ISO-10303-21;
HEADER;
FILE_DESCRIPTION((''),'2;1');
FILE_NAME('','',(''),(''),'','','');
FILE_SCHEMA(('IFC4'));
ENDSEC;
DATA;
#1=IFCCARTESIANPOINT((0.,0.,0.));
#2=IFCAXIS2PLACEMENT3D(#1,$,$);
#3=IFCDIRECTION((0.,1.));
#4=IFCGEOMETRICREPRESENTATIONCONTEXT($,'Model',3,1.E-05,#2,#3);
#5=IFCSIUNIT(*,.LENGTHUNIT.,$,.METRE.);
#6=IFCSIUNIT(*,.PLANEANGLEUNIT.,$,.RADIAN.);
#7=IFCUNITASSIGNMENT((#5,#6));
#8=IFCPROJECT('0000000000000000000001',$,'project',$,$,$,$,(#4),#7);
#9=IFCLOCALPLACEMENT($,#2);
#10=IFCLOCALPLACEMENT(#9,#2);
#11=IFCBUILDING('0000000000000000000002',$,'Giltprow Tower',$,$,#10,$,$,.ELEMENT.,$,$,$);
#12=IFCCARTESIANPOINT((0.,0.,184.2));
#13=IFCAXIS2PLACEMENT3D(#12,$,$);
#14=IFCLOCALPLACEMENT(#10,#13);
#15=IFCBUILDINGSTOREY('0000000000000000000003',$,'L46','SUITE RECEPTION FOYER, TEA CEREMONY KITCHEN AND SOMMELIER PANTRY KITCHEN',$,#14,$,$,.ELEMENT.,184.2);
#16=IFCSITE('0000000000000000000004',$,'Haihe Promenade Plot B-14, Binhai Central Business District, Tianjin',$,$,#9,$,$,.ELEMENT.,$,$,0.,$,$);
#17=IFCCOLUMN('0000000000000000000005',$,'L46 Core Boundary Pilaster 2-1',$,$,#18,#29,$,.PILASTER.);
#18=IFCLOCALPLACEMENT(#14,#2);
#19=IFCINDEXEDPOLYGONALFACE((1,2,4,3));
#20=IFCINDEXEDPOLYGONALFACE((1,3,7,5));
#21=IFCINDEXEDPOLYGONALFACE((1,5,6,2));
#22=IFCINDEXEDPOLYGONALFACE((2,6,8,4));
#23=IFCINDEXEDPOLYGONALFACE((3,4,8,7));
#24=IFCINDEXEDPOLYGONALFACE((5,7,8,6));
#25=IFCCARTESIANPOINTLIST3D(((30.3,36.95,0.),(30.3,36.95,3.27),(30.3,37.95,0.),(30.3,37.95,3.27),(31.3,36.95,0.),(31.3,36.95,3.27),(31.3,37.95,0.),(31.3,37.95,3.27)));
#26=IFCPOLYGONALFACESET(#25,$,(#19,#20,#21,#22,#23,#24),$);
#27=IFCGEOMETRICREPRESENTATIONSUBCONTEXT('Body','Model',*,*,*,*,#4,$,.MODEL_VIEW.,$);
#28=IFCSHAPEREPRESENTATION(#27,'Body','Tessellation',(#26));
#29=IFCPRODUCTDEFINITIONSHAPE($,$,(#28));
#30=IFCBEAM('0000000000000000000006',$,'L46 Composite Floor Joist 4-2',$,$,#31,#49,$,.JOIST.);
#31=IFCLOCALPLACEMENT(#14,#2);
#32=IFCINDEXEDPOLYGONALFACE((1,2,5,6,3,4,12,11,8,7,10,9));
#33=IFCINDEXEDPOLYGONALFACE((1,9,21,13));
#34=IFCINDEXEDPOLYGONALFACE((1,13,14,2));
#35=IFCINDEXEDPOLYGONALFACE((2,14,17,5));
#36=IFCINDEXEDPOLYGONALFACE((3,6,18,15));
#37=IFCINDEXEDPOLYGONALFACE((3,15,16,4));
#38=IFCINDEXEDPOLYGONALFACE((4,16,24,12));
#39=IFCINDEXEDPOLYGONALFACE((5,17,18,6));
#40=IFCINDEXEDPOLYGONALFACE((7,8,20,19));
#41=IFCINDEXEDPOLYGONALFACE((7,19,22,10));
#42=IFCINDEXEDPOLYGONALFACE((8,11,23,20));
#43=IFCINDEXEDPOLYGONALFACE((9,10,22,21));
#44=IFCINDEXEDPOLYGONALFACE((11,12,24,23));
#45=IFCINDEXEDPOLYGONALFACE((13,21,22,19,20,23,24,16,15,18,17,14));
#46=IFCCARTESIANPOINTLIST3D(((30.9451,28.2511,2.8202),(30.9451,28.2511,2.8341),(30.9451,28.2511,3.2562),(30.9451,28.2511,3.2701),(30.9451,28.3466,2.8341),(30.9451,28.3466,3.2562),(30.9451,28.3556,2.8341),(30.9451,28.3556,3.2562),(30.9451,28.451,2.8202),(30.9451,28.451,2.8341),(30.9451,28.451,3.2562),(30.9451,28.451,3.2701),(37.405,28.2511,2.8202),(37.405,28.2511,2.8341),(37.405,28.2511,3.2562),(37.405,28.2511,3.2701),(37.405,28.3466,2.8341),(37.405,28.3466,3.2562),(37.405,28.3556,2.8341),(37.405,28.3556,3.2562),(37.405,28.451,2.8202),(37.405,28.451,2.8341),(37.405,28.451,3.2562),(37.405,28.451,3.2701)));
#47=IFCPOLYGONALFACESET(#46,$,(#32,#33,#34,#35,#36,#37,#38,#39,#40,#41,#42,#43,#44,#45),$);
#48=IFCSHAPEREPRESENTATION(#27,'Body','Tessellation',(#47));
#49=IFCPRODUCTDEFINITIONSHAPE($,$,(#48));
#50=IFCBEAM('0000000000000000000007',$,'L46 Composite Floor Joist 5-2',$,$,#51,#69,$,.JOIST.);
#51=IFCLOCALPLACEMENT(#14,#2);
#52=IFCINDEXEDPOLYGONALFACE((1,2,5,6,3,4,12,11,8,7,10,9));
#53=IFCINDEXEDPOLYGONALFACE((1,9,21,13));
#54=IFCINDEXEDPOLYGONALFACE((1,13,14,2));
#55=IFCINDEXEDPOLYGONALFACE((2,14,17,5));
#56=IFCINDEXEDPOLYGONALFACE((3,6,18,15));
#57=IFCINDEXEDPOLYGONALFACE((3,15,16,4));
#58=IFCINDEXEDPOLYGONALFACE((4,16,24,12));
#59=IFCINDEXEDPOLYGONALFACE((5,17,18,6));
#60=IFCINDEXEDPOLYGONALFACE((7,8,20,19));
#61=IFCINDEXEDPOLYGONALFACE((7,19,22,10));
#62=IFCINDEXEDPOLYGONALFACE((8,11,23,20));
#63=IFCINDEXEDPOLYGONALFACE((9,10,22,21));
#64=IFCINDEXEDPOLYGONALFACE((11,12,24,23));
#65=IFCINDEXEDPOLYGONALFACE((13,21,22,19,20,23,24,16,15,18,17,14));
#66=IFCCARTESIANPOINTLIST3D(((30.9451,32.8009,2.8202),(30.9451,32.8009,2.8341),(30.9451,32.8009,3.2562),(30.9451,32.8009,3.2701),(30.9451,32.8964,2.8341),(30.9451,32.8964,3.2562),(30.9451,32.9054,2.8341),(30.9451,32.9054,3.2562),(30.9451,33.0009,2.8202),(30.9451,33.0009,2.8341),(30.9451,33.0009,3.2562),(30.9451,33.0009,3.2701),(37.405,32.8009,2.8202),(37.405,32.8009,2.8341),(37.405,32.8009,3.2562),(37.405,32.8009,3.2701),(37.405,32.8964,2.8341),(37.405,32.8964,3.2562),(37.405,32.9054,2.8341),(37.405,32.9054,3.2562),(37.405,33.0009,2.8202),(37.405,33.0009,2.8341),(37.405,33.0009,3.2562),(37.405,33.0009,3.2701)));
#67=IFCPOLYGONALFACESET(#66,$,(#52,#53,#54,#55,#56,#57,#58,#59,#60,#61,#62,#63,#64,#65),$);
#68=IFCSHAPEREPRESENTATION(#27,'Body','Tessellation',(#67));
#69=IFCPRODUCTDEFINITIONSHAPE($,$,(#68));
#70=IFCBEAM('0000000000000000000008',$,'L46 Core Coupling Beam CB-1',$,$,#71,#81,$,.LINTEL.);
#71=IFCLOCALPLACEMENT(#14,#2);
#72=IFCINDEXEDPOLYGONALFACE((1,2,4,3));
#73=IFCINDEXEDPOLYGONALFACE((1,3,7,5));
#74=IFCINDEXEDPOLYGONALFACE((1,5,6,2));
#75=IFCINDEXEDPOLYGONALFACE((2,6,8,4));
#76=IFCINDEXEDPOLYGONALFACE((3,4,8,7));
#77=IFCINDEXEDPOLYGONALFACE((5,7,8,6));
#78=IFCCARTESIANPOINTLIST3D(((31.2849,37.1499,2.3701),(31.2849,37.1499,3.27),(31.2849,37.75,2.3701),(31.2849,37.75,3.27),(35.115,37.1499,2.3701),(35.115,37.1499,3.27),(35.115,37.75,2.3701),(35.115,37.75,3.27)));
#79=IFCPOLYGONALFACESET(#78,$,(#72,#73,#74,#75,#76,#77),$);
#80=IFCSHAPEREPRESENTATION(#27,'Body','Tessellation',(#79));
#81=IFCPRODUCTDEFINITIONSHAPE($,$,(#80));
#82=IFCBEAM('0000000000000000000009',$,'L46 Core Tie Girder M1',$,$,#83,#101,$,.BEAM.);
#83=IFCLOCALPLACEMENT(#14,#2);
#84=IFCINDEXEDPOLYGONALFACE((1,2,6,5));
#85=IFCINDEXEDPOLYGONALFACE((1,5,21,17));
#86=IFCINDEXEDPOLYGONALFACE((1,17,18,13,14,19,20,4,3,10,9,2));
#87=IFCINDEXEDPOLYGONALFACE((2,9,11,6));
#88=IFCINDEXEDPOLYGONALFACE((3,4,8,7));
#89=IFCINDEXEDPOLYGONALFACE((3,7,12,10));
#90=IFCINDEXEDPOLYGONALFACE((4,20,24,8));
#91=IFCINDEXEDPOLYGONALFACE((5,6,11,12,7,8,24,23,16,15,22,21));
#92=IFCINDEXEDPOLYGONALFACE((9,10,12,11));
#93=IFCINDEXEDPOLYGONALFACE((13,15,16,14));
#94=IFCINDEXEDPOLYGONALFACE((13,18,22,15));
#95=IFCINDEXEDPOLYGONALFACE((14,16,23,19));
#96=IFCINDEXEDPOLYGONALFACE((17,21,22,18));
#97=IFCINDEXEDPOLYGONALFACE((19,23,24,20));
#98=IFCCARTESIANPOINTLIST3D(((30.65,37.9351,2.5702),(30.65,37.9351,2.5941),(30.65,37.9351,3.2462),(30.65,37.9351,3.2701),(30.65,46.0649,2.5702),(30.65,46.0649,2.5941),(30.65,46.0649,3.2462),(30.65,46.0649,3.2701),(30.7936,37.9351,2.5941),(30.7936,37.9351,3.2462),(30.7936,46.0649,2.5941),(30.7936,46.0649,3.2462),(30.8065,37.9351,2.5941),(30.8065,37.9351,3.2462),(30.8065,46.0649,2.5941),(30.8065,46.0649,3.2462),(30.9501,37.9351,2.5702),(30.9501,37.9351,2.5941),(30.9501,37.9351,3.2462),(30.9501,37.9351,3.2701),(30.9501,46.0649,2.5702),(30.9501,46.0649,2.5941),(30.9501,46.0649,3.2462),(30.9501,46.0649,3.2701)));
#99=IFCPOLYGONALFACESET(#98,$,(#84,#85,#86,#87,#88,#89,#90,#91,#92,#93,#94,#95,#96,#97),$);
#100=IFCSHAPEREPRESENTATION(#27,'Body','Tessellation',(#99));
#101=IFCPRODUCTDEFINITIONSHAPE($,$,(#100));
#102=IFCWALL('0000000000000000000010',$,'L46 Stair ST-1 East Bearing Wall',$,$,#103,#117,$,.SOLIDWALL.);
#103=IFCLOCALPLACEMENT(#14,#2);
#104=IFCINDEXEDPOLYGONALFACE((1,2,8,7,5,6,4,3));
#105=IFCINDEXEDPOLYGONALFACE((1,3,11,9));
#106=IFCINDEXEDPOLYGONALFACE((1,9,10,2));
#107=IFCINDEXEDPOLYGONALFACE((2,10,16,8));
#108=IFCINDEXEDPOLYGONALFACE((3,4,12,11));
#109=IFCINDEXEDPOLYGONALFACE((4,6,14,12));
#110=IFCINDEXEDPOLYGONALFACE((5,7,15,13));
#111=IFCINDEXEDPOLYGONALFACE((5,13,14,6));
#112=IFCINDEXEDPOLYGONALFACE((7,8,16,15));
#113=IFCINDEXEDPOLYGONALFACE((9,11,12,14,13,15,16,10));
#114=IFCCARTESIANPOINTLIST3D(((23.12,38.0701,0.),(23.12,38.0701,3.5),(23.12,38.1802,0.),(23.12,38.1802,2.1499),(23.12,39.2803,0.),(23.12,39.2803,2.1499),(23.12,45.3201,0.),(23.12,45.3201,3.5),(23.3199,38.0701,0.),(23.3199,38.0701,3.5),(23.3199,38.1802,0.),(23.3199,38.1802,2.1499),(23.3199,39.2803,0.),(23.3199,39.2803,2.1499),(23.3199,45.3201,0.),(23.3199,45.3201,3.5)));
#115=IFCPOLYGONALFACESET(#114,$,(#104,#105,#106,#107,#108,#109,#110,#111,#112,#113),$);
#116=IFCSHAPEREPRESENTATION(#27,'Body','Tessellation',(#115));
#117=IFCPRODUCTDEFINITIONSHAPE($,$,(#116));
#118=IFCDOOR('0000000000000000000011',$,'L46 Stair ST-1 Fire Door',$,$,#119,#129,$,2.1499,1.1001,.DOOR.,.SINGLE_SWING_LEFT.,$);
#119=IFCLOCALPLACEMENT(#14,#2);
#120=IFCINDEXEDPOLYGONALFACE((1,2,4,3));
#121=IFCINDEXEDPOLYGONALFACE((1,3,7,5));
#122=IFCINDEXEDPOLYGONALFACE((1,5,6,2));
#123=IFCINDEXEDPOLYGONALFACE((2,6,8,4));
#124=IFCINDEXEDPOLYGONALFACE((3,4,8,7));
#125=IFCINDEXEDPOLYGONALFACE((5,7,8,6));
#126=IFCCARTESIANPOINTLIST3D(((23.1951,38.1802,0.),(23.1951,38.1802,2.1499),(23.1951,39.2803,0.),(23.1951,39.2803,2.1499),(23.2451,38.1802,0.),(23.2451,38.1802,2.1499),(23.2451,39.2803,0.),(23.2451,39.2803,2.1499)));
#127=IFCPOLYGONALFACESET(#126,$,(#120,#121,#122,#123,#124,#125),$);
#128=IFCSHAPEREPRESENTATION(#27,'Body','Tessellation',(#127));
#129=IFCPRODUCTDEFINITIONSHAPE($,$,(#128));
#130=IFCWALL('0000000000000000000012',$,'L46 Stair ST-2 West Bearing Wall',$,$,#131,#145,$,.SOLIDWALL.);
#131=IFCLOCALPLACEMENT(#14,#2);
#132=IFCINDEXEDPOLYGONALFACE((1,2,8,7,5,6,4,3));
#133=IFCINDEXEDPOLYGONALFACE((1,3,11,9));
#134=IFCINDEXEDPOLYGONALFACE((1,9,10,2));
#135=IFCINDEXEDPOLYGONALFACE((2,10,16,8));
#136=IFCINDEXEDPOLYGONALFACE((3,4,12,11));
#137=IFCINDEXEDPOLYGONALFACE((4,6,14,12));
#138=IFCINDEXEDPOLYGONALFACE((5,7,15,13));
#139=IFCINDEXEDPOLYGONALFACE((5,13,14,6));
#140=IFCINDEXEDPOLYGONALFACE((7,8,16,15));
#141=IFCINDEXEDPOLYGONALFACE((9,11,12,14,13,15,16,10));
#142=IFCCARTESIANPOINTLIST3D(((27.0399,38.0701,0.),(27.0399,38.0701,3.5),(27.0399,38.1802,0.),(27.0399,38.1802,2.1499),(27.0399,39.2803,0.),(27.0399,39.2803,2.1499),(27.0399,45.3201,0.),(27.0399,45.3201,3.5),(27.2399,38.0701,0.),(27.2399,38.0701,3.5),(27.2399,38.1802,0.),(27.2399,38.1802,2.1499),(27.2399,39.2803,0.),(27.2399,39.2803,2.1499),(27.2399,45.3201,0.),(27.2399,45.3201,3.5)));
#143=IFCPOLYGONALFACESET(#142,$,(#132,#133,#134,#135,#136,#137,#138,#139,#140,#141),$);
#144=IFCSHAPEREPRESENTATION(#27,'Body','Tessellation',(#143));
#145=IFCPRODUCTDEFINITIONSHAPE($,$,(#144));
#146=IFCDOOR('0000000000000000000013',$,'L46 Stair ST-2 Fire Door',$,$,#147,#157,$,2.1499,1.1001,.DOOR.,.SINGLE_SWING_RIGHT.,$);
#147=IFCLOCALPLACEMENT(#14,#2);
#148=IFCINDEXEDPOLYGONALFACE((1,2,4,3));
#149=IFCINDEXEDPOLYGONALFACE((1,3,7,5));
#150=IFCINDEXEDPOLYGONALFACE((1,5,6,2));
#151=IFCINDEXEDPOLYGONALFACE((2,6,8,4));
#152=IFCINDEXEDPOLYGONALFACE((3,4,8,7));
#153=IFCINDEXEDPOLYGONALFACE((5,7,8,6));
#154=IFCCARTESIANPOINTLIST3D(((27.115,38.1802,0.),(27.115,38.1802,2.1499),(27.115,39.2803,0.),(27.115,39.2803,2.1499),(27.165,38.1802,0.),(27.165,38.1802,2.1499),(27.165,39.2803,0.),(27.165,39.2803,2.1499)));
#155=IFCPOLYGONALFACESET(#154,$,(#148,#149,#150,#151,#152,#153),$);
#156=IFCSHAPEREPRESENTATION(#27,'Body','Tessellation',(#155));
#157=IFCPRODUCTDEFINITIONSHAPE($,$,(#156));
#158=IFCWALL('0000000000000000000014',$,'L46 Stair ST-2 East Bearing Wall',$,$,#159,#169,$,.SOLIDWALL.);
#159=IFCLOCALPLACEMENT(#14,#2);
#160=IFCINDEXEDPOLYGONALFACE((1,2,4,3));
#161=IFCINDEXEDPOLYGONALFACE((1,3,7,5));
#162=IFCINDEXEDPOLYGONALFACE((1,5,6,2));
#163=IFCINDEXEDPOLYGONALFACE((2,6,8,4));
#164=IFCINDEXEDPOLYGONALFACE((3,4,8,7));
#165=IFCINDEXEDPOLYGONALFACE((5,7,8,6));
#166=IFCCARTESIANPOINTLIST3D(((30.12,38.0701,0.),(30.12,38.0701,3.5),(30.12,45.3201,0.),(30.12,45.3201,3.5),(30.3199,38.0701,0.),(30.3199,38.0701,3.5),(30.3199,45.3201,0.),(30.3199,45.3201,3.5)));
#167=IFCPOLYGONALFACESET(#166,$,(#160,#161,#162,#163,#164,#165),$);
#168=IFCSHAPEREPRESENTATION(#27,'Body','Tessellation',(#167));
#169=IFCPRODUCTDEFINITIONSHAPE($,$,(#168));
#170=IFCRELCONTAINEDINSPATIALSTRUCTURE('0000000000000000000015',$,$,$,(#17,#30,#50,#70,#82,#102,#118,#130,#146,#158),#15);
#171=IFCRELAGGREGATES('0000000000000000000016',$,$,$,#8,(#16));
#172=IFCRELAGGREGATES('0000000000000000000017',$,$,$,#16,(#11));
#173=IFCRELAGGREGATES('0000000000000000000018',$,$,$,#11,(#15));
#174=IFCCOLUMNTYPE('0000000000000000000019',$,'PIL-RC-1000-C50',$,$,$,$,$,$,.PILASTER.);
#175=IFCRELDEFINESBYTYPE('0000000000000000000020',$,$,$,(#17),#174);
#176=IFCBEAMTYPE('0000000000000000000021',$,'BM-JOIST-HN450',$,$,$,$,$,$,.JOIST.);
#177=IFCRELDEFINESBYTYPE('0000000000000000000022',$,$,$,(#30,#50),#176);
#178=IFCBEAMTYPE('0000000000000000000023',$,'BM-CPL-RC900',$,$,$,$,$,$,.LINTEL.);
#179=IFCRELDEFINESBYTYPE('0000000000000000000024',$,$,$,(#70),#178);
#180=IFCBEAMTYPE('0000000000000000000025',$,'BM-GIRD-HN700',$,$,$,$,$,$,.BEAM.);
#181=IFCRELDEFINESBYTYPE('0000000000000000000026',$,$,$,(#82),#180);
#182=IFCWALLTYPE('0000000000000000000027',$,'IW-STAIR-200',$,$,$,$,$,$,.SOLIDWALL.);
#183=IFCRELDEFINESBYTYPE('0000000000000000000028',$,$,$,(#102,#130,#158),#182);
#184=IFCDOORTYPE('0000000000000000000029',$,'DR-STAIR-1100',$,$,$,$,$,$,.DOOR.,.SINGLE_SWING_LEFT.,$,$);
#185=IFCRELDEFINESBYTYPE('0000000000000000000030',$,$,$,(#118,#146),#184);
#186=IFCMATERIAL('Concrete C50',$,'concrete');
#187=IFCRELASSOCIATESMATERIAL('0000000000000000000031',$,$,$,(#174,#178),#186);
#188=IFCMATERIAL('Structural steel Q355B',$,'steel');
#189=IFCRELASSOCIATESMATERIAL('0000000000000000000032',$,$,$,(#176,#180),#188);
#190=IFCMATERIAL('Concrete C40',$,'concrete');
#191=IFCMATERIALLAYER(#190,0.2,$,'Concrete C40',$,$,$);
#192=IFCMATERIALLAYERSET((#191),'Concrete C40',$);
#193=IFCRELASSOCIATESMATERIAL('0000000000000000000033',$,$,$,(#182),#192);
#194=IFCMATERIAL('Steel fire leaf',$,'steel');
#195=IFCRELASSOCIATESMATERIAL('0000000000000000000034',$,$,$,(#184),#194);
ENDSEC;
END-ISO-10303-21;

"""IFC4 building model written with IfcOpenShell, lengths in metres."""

from ifc_helpers import new_model, si_unit, direction, frame, frame_2d, origin, origin_2d, place, context, subcontext, project, spatial, rectangle, i_section, extrude, source, transform, mapped, material, layer, layer_set, material_profile, profile_set, type_object, element, fill, save


model = new_model("IFC4")

# Units and contexts
model_context = context("Model", 3, precision=1e-05, world=origin(), true_north=direction((0.0, 1.0)))
body_context = subcontext(model_context, "Body", "Model", "MODEL_VIEW")
ifc_project = project(units=[si_unit("LENGTHUNIT", "METRE"), si_unit("PLANEANGLEUNIT", "RADIAN")], contexts=[model_context])

# Site, building, storey
site_placement = place(None, origin())
site = spatial("IfcSite", under=ifc_project, at=site_placement, Name="Haihe Promenade Plot B-14, Binhai Central Business District, Tianjin", CompositionType="ELEMENT", RefElevation=0.0)
building_placement = place(site_placement, origin())
building = spatial("IfcBuilding", under=site, at=building_placement, Name="Giltprow Tower", CompositionType="ELEMENT")
storey_placement = place(building_placement, frame((0.0, 0.0, 184.2)))
storey = spatial("IfcBuildingStorey", under=building, at=storey_placement, Name="L46", Description="SUITE RECEPTION FOYER, TEA CEREMONY KITCHEN AND SOMMELIER PANTRY KITCHEN", CompositionType="ELEMENT", Elevation=184.2)

# Column
ifc_material_1 = material(Name="Concrete C50", Category="concrete")
ifc_material_profile_1 = material_profile(ifc_material_1, rectangle(XDim=1.0, YDim=1.0, at=origin_2d()), Name="RC 1000x1000")
ifc_profile_set_1 = profile_set([ifc_material_profile_1], Name="Concrete C50")
column_type = type_object("IfcColumnType", Name="PIL-RC-1000-C50", PredefinedType="PILASTER", material=ifc_profile_set_1)
shared_shape_1 = source(origin(), body_context, "Body", "SweptSolid", [
    extrude(rectangle(XDim=1.0, YDim=1.0, at=origin_2d()), origin(), (0.0, 0.0, 1.0), 3.27),
])
column_placement = place(storey_placement, frame((30.8, 37.45, 0.0), z_axis=(0.0, 0.0, 1.0), x_axis=(1.0, 0.0, 0.0)))
element("IfcColumn", 1, at=column_placement, inside=storey, type_object=column_type, Name="L46 Core Boundary Pilaster 2-1", PredefinedType="PILASTER", context=body_context, shape_type="MappedRepresentation", body=[
    mapped(shared_shape_1, transform((0.0, 0.0, 0.0), x_axis=(1.0, 0.0, 0.0), y_axis=(0.0, 1.0, 0.0), z_axis=(0.0, 0.0, 1.0), scale=1.0)),
])

# Beams
ifc_material_2 = material(Name="Structural steel Q355B", Category="steel")
ifc_material_profile_2 = material_profile(ifc_material_2, i_section(OverallWidth=0.2, OverallDepth=0.45, WebThickness=0.009, FlangeThickness=0.0139, at=origin_2d()), Name="HN 450x200x9x14")
ifc_profile_set_2 = profile_set([ifc_material_profile_2], Name="Structural steel Q355B")
beam_type_1 = type_object("IfcBeamType", Name="BM-JOIST-HN450", PredefinedType="JOIST", material=ifc_profile_set_2)
shared_shape_2 = source(origin(), body_context, "Body", "SweptSolid", [
    extrude(i_section(OverallWidth=0.2, OverallDepth=0.45, WebThickness=0.009, FlangeThickness=0.0139, at=origin_2d()), origin(), (0.0, 0.0, 1.0), 6.46),
])
for number, where, z_axis, x_axis, name in (
    (2, (30.9451, 28.3511, 3.0452), (1.0, 0.0, 0.0), (0.0, 1.0, 0.0), "L46 Composite Floor Joist 4-2"),
    (3, (30.9451, 32.9009, 3.0452), (1.0, 0.0, 0.0), (0.0, 1.0, 0.0), "L46 Composite Floor Joist 5-2"),
):
    element("IfcBeam", number, at=place(storey_placement, frame(where, z_axis=z_axis, x_axis=x_axis)), inside=storey, type_object=beam_type_1, Name=name, PredefinedType="JOIST", context=body_context, shape_type="MappedRepresentation", body=[
        mapped(shared_shape_2, transform((0.0, 0.0, 0.0), x_axis=(1.0, 0.0, 0.0), y_axis=(0.0, 1.0, 0.0), z_axis=(0.0, 0.0, 1.0), scale=1.0)),
    ])
ifc_material_profile_3 = material_profile(ifc_material_1, rectangle(XDim=0.6001, YDim=0.8999, at=origin_2d()), Name="RC 900x600")
ifc_profile_set_3 = profile_set([ifc_material_profile_3], Name="Concrete C50")
beam_type_2 = type_object("IfcBeamType", Name="BM-CPL-RC900", PredefinedType="LINTEL", material=ifc_profile_set_3)
shared_shape_3 = source(origin(), body_context, "Body", "SweptSolid", [
    extrude(rectangle(XDim=0.6001, YDim=0.8999, at=origin_2d()), origin(), (0.0, 0.0, 1.0), 3.8301),
])
beam_1_placement = place(storey_placement, frame((31.2849, 37.45, 2.8201), z_axis=(1.0, 0.0, 0.0), x_axis=(0.0, 1.0, 0.0)))
element("IfcBeam", 4, at=beam_1_placement, inside=storey, type_object=beam_type_2, Name="L46 Core Coupling Beam CB-1", PredefinedType="LINTEL", context=body_context, shape_type="MappedRepresentation", body=[
    mapped(shared_shape_3, transform((0.0, 0.0, 0.0), x_axis=(1.0, 0.0, 0.0), y_axis=(0.0, 1.0, 0.0), z_axis=(0.0, 0.0, 1.0), scale=1.0)),
])
ifc_material_profile_4 = material_profile(ifc_material_2, i_section(OverallWidth=0.3, OverallDepth=0.7, WebThickness=0.0129, FlangeThickness=0.0239, at=origin_2d()), Name="HN 700x300x13x24")
ifc_profile_set_4 = profile_set([ifc_material_profile_4], Name="Structural steel Q355B")
beam_type_3 = type_object("IfcBeamType", Name="BM-GIRD-HN700", PredefinedType="BEAM", material=ifc_profile_set_4)
shared_shape_4 = source(origin(), body_context, "Body", "SweptSolid", [
    extrude(i_section(OverallWidth=0.3, OverallDepth=0.7, WebThickness=0.0129, FlangeThickness=0.0239, at=origin_2d()), origin(), (0.0, 0.0, 1.0), 8.1299),
])
beam_2_placement = place(storey_placement, frame((30.8, 37.9351, 2.9202), z_axis=(0.0, 1.0, 0.0), x_axis=(-1.0, 0.0, 0.0)))
element("IfcBeam", 5, at=beam_2_placement, inside=storey, type_object=beam_type_3, Name="L46 Core Tie Girder M1", PredefinedType="BEAM", context=body_context, shape_type="MappedRepresentation", body=[
    mapped(shared_shape_4, transform((0.0, 0.0, 0.0), x_axis=(1.0, 0.0, 0.0), y_axis=(0.0, 1.0, 0.0), z_axis=(0.0, 0.0, 1.0), scale=1.0)),
])

# Walls, openings, doors
ifc_material_3 = material(Name="Concrete C40", Category="concrete")
ifc_layer = layer(ifc_material_3, 0.2, Name="Concrete C40")
ifc_layer_set = layer_set([ifc_layer], Name="Concrete C40")
wall_type = type_object("IfcWallType", Name="IW-STAIR-200", PredefinedType="SOLIDWALL", material=ifc_layer_set)
wall_1_placement = place(storey_placement, frame((23.22, 38.0701, 0.0), z_axis=(0.0, 0.0, 1.0), x_axis=(0.0, 1.0, 0.0)))
wall_1 = element("IfcWall", 6, at=wall_1_placement, inside=storey, type_object=wall_type, Name="L46 Stair ST-1 East Bearing Wall", PredefinedType="SOLIDWALL", context=body_context, shape_type="SweptSolid", body=[
    extrude(rectangle(XDim=7.25, YDim=0.2, at=frame_2d((3.625, 0.0))), origin(), (0.0, 0.0, 1.0), 3.5),
])
opening_1_placement = place(wall_1_placement, frame((0.1101, 0.0, 0.0)))
opening_1 = element("IfcOpeningElement", 7, at=opening_1_placement, cuts=wall_1, PredefinedType="OPENING", context=body_context, shape_type="SweptSolid", body=[
    extrude(rectangle(XDim=1.1001, YDim=2.1499, at=frame_2d((0.55, 1.075))), frame((0.0, 0.1099, 0.0), z_axis=(0.0, -1.0, 0.0), x_axis=(1.0, 0.0, 0.0)), (0.0, 0.0, 1.0), 0.22),
])
ifc_material_4 = material(Name="Steel fire leaf", Category="steel")
door_type = type_object("IfcDoorType", Name="DR-STAIR-1100", OperationType="SINGLE_SWING_LEFT", PredefinedType="DOOR", material=ifc_material_4)
shared_shape_5 = source(origin(), body_context, "Body", "SweptSolid", [
    extrude(rectangle(XDim=1.1001, YDim=2.1499, at=frame_2d((0.55, 1.075))), frame((0.0, 0.0249, 0.0), z_axis=(0.0, -1.0, 0.0), x_axis=(1.0, 0.0, 0.0)), (0.0, 0.0, 1.0), 0.05),
])
door_1_placement = place(opening_1_placement, origin())
door_1 = element("IfcDoor", 8, at=door_1_placement, inside=storey, type_object=door_type, Name="L46 Stair ST-1 Fire Door", OperationType="SINGLE_SWING_LEFT", OverallHeight=2.1499, OverallWidth=1.1001, PredefinedType="DOOR", context=body_context, shape_type="MappedRepresentation", body=[
    mapped(shared_shape_5, transform((0.0, 0.0, 0.0), x_axis=(1.0, 0.0, 0.0), y_axis=(0.0, 1.0, 0.0), z_axis=(0.0, 0.0, 1.0), scale=1.0)),
])
fill(opening_1, door_1)
wall_2_placement = place(storey_placement, frame((27.1399, 38.0701, 0.0), z_axis=(0.0, 0.0, 1.0), x_axis=(0.0, 1.0, 0.0)))
wall_2 = element("IfcWall", 9, at=wall_2_placement, inside=storey, type_object=wall_type, Name="L46 Stair ST-2 West Bearing Wall", PredefinedType="SOLIDWALL", context=body_context, shape_type="SweptSolid", body=[
    extrude(rectangle(XDim=7.25, YDim=0.2, at=frame_2d((3.625, 0.0))), origin(), (0.0, 0.0, 1.0), 3.5),
])
opening_2_placement = place(wall_2_placement, frame((0.1101, 0.0, 0.0)))
opening_2 = element("IfcOpeningElement", 10, at=opening_2_placement, cuts=wall_2, PredefinedType="OPENING", context=body_context, shape_type="SweptSolid", body=[
    extrude(rectangle(XDim=1.1001, YDim=2.1499, at=frame_2d((0.55, 1.075))), frame((0.0, 0.1099, 0.0), z_axis=(0.0, -1.0, 0.0), x_axis=(1.0, 0.0, 0.0)), (0.0, 0.0, 1.0), 0.22),
])
door_2_placement = place(opening_2_placement, origin())
door_2 = element("IfcDoor", 11, at=door_2_placement, inside=storey, type_object=door_type, Name="L46 Stair ST-2 Fire Door", OperationType="SINGLE_SWING_RIGHT", OverallHeight=2.1499, OverallWidth=1.1001, PredefinedType="DOOR", context=body_context, shape_type="MappedRepresentation", body=[
    mapped(shared_shape_5, transform((0.0, 0.0, 0.0), x_axis=(1.0, 0.0, 0.0), y_axis=(0.0, 1.0, 0.0), z_axis=(0.0, 0.0, 1.0), scale=1.0)),
])
fill(opening_2, door_2)

# Wall
wall_3_placement = place(storey_placement, frame((30.22, 38.0701, 0.0), z_axis=(0.0, 0.0, 1.0), x_axis=(0.0, 1.0, 0.0)))
element("IfcWall", 12, at=wall_3_placement, inside=storey, type_object=wall_type, Name="L46 Stair ST-2 East Bearing Wall", PredefinedType="SOLIDWALL", context=body_context, shape_type="SweptSolid", body=[
    extrude(rectangle(XDim=7.25, YDim=0.2, at=frame_2d((3.625, 0.0))), origin(), (0.0, 0.0, 1.0), 3.5),
])

save(model, "model.ifc")
